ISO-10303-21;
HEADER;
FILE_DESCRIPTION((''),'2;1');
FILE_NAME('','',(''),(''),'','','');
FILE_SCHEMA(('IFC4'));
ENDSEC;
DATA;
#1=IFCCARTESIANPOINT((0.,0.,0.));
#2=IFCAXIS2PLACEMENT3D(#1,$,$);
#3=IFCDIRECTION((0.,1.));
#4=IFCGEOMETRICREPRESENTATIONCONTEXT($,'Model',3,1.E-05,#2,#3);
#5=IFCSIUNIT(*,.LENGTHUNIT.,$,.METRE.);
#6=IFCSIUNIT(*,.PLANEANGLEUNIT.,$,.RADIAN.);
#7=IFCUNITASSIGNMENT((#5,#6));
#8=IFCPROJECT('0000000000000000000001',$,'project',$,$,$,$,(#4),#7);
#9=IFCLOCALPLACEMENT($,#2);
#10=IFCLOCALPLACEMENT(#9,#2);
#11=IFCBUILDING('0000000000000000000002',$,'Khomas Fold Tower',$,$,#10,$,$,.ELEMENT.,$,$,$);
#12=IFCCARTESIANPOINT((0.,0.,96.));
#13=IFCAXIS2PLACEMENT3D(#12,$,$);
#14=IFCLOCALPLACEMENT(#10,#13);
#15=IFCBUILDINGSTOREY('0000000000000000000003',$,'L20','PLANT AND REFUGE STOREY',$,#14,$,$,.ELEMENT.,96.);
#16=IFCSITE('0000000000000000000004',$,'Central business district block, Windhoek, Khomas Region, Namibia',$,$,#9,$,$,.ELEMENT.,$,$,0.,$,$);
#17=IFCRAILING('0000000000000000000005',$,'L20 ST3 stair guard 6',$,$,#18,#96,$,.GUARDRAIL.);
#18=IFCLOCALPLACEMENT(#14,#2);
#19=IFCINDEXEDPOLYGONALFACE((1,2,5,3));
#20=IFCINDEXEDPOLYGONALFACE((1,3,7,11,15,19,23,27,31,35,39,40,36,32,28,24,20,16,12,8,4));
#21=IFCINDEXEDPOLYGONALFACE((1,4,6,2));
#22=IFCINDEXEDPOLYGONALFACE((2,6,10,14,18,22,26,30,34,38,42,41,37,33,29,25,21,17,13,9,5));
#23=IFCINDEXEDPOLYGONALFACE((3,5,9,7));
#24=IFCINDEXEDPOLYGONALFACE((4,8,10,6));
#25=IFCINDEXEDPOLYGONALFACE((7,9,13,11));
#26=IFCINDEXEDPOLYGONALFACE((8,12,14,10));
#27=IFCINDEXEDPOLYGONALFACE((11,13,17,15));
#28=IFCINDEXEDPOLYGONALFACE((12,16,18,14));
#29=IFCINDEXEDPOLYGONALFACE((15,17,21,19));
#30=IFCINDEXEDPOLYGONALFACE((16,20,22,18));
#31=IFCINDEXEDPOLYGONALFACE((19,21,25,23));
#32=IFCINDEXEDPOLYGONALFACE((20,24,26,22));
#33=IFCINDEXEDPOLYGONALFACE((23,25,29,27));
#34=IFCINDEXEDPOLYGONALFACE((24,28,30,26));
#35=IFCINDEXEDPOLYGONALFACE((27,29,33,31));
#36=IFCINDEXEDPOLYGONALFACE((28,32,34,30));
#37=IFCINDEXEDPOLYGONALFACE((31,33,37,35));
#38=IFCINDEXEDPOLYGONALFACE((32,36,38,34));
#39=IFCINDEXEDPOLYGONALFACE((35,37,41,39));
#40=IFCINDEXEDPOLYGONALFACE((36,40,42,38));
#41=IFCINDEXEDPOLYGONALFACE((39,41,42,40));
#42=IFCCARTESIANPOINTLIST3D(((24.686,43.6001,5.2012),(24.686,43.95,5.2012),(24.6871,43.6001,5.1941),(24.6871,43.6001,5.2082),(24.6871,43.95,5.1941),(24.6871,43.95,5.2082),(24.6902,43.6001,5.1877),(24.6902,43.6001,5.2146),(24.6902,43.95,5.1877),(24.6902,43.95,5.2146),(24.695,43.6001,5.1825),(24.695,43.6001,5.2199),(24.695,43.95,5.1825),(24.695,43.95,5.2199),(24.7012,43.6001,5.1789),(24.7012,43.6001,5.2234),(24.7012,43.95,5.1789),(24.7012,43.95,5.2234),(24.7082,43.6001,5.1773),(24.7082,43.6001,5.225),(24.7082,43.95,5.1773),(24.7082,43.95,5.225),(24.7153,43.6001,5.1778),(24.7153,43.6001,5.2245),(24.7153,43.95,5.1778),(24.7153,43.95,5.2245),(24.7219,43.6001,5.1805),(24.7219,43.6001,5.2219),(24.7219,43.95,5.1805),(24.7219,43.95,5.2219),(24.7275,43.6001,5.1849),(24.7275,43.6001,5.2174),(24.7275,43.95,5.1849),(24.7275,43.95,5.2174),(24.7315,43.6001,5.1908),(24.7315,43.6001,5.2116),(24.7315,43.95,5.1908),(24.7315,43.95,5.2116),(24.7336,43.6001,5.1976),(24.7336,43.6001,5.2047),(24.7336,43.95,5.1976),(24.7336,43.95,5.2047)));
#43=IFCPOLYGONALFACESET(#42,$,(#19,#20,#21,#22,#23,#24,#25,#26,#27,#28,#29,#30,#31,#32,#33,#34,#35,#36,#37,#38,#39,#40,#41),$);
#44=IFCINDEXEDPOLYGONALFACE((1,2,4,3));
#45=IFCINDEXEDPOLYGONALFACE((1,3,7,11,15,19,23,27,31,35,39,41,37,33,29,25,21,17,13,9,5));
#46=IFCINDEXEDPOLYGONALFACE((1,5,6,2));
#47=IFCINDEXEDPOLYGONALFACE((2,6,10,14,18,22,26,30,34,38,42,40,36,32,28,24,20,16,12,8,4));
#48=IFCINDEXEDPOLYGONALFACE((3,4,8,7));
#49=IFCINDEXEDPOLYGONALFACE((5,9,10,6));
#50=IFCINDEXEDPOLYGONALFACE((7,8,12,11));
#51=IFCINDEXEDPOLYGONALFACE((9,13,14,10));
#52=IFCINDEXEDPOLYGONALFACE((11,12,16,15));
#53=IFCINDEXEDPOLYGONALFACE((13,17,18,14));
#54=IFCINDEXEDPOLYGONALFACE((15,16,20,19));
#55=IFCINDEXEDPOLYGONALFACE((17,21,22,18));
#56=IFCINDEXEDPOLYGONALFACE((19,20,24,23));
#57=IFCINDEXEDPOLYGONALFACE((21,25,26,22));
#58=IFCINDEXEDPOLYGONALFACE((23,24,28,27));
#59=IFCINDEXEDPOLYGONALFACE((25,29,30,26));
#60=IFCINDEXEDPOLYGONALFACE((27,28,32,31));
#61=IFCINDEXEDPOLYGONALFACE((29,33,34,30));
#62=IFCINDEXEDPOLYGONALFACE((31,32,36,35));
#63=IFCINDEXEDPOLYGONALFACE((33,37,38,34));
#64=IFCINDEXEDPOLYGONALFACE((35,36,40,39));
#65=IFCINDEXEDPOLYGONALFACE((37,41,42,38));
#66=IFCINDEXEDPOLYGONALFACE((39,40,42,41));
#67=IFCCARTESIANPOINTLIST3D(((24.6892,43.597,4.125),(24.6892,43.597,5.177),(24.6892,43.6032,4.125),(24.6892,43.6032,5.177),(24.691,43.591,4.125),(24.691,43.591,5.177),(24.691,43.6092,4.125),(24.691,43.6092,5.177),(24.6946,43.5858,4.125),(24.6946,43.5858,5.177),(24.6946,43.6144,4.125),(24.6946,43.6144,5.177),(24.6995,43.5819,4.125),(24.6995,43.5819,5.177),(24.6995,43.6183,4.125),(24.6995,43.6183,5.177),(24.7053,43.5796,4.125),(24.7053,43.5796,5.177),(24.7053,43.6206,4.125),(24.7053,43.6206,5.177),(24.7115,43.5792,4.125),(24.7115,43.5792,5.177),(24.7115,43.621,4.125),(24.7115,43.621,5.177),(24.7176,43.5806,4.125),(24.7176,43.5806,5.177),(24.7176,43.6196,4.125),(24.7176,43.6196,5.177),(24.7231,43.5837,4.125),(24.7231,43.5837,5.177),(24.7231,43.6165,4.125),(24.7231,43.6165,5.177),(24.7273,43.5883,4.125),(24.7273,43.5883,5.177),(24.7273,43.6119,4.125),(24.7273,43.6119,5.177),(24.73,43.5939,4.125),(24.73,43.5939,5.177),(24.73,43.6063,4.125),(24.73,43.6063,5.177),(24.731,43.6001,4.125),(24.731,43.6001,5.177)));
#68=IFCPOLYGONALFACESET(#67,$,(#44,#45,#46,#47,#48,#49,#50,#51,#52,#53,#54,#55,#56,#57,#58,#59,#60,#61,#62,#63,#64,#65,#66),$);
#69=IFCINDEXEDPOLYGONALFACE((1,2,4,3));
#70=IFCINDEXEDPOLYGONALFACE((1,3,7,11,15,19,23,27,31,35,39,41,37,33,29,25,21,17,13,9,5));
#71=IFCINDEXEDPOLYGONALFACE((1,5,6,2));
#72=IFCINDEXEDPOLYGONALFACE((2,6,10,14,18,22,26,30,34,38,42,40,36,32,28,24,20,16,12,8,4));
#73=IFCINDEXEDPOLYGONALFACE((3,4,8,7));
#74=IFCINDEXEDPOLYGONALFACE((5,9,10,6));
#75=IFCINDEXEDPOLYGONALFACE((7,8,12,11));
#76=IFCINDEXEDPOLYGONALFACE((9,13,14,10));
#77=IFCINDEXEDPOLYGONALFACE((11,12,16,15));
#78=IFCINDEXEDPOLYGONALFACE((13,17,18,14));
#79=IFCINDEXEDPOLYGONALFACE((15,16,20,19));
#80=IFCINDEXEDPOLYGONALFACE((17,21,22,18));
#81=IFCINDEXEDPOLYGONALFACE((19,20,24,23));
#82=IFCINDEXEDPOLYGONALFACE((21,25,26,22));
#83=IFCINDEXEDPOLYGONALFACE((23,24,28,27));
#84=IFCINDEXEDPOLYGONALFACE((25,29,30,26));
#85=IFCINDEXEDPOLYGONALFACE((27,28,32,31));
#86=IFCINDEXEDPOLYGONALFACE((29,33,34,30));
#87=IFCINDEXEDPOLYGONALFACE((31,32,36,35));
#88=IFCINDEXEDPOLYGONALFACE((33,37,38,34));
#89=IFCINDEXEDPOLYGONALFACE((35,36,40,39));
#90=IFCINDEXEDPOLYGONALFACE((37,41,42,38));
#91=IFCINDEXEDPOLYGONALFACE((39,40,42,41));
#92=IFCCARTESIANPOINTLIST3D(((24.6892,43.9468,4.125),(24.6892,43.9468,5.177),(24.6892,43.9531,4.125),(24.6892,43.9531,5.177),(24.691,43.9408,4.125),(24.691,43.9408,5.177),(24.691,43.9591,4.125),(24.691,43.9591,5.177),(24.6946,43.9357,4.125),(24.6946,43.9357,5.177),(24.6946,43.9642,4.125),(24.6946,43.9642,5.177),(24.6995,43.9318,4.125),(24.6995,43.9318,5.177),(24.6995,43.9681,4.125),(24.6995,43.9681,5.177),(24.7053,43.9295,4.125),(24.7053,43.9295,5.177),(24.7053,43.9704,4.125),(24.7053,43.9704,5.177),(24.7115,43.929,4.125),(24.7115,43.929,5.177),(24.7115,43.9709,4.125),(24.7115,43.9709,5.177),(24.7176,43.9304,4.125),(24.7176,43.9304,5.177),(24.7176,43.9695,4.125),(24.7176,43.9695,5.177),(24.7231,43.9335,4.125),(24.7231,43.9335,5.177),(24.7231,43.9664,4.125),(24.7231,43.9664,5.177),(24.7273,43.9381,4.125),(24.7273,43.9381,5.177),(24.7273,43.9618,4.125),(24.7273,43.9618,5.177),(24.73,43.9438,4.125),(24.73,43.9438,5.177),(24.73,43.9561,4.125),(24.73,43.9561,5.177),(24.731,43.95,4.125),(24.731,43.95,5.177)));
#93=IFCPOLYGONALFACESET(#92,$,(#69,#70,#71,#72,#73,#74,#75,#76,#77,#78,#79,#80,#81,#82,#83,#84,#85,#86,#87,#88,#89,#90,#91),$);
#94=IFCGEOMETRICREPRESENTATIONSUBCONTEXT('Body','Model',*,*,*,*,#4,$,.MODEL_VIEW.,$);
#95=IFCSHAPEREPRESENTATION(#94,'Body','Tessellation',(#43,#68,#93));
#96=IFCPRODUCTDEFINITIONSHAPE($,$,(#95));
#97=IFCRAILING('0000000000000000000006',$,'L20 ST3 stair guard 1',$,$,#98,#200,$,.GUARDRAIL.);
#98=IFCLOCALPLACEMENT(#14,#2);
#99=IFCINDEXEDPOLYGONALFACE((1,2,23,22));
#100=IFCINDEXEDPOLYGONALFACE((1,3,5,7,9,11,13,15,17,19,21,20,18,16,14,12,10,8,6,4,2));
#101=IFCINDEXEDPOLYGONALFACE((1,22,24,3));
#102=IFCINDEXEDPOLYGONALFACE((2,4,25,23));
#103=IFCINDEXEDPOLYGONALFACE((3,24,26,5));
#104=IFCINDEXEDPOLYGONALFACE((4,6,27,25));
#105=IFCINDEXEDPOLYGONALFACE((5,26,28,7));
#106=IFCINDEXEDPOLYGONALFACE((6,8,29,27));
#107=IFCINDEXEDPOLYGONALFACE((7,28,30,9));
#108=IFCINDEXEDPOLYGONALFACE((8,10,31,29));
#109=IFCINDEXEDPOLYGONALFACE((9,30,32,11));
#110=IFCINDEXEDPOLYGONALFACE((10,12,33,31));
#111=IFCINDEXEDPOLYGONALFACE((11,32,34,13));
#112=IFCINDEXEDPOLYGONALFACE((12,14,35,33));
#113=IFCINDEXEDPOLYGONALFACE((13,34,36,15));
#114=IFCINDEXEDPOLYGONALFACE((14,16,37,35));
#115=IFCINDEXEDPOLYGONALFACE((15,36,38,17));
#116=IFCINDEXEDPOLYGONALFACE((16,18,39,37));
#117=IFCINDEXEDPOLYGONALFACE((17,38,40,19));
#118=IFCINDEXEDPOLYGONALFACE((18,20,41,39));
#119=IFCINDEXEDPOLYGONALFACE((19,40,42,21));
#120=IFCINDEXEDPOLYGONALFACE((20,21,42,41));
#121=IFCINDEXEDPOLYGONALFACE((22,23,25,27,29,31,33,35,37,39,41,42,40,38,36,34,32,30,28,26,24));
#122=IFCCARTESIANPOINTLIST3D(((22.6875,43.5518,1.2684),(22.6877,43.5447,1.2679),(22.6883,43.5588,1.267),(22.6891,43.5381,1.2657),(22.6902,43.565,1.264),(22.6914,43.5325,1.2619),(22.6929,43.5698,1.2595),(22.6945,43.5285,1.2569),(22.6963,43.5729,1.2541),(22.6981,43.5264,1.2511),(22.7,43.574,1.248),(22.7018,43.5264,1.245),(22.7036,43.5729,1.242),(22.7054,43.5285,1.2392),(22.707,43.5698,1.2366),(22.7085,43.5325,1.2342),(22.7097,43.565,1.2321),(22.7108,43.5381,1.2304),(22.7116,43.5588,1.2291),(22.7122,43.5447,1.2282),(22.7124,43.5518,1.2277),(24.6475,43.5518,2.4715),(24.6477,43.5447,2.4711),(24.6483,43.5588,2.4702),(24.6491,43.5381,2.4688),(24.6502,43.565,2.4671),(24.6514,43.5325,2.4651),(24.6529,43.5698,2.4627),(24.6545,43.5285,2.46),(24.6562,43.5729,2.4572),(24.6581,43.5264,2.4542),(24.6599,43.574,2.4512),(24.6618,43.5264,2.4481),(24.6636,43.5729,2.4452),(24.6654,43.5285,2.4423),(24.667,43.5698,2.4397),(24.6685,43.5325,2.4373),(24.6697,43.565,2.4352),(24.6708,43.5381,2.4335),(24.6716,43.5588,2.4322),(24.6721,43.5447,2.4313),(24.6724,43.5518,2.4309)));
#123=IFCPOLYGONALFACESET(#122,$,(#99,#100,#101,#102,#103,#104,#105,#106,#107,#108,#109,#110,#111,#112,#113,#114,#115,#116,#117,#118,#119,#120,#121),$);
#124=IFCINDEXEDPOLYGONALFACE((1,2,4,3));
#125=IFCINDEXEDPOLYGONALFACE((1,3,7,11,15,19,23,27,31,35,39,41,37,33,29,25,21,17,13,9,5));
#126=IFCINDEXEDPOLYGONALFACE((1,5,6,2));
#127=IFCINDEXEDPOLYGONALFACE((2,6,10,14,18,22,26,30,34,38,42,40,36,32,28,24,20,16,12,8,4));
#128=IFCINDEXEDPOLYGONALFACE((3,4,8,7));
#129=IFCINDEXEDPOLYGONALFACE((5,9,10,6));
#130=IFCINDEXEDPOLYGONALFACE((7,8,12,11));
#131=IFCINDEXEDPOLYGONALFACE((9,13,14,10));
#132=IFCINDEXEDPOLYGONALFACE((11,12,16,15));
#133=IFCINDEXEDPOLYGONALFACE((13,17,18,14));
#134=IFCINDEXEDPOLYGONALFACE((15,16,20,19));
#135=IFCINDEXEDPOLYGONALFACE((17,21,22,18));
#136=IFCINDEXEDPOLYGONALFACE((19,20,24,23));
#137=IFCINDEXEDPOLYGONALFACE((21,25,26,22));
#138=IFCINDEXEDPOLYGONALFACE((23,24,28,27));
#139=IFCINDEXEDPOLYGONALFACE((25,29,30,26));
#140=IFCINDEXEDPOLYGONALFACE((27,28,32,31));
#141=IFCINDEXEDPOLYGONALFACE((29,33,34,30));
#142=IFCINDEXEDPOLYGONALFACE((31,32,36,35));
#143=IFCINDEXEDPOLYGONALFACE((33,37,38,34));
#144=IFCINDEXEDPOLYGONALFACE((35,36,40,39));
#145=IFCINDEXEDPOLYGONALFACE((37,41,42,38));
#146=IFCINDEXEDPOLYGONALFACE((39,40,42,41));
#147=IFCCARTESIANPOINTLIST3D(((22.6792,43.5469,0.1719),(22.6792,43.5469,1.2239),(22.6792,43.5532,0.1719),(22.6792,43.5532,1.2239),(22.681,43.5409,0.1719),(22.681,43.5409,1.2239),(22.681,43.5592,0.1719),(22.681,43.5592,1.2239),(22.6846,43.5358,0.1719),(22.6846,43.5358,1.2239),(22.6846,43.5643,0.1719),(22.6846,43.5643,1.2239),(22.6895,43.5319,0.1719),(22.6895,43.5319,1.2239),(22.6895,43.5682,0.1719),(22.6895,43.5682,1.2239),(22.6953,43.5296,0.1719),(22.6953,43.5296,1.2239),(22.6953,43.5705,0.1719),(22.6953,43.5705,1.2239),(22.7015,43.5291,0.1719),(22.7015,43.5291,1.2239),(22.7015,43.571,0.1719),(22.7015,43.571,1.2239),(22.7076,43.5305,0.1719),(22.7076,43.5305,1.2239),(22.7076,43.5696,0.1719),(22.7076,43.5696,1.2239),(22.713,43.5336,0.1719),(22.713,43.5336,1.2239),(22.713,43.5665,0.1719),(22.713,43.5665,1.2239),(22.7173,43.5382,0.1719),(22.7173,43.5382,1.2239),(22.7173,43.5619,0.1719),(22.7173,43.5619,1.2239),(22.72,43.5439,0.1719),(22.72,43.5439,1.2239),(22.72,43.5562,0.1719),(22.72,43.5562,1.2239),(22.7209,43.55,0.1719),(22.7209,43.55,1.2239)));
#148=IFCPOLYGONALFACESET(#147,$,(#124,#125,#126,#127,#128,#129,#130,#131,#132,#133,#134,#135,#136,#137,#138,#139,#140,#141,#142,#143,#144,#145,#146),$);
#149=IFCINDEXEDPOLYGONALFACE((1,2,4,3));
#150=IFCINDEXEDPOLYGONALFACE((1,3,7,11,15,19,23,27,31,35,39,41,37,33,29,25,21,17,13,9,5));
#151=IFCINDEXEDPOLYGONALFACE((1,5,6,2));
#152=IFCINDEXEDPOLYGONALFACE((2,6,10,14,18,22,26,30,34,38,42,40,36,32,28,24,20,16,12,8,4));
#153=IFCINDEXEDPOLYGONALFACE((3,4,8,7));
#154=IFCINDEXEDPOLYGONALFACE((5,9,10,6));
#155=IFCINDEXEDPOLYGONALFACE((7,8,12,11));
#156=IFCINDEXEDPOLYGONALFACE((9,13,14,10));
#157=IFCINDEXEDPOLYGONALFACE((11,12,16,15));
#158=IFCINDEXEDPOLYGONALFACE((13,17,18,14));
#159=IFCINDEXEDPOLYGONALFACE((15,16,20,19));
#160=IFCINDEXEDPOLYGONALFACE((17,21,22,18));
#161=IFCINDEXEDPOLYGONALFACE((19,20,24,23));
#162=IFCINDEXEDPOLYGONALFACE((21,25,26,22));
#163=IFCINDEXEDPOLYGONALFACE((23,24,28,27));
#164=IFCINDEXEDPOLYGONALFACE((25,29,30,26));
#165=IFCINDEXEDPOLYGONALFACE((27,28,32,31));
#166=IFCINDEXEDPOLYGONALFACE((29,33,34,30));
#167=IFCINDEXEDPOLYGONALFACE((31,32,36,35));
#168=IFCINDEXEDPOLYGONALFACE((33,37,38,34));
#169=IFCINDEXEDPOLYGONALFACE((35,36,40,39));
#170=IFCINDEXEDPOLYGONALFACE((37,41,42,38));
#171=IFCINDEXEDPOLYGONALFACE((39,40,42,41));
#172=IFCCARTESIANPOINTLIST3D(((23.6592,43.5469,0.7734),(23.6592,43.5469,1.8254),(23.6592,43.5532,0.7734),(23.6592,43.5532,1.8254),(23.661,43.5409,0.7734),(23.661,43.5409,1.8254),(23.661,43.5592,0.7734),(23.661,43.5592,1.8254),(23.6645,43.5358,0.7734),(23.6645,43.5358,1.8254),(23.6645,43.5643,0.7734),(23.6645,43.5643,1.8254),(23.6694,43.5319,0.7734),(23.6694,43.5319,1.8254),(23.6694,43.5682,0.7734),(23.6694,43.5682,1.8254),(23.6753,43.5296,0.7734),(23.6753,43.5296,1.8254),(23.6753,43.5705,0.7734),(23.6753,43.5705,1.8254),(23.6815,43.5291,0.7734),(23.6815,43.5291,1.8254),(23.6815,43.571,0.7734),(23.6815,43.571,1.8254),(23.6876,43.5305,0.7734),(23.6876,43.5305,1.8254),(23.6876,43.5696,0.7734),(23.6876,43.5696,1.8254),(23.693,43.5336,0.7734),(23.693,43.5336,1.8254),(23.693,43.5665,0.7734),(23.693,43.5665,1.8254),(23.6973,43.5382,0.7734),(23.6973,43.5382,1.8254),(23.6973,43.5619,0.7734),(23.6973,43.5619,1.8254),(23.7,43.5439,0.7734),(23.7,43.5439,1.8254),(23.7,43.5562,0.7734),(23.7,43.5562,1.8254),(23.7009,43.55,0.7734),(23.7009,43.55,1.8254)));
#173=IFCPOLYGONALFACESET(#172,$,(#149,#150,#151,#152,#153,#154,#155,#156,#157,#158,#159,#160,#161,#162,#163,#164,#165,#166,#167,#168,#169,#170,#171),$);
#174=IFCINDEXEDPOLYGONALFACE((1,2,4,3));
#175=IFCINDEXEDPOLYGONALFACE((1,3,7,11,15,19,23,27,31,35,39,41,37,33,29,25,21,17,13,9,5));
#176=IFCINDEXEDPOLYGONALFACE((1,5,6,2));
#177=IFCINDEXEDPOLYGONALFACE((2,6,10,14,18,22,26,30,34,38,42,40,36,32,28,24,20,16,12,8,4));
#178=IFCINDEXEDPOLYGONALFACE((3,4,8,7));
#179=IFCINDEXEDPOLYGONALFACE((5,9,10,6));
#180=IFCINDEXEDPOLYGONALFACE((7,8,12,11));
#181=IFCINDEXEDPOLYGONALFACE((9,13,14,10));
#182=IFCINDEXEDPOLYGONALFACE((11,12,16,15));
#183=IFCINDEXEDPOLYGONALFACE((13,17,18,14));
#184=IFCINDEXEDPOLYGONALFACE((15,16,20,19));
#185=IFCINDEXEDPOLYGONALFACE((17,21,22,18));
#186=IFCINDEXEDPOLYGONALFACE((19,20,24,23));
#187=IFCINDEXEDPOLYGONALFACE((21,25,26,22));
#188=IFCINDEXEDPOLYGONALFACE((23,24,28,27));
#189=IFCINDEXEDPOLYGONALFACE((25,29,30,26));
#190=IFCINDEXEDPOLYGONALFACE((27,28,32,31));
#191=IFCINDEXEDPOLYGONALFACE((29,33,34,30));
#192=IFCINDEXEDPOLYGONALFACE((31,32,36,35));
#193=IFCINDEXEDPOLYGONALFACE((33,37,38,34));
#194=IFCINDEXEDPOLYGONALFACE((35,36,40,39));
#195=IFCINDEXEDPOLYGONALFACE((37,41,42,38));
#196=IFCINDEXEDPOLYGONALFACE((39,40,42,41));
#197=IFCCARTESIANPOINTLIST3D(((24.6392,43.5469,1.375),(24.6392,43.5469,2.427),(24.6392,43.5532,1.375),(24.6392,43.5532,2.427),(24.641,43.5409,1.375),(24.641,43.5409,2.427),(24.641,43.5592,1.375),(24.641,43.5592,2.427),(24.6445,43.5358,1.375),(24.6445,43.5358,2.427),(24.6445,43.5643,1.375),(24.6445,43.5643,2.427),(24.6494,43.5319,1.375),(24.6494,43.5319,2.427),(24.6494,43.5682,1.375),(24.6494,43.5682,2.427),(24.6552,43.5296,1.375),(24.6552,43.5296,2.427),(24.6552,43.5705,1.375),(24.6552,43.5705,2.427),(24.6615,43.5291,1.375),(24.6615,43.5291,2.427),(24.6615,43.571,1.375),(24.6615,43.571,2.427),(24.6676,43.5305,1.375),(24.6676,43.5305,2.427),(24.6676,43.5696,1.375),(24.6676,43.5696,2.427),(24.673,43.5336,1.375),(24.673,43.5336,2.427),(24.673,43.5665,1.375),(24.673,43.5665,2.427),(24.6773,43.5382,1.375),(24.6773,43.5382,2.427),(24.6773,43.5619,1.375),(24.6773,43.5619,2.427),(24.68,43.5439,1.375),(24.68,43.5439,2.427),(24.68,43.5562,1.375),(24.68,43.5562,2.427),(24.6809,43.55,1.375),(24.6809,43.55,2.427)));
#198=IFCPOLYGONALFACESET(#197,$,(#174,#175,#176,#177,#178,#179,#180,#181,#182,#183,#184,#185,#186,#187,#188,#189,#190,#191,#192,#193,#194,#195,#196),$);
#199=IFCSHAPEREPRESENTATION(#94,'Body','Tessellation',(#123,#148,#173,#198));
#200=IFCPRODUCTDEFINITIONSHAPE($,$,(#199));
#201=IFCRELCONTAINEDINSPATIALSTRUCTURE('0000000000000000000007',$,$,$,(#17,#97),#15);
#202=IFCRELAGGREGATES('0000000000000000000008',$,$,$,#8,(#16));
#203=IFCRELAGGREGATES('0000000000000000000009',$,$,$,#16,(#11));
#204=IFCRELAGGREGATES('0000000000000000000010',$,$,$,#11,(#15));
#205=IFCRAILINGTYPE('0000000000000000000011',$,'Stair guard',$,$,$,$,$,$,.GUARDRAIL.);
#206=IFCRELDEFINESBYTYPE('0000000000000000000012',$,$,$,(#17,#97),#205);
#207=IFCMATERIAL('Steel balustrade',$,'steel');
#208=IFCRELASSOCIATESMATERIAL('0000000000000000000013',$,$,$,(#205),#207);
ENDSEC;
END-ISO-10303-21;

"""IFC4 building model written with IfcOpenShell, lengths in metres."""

from ifc_helpers import new_model, si_unit, direction, frame, origin, origin_2d, place, context, subcontext, project, spatial, circle, extrude, source, transform, mapped, material, type_object, element, save


model = new_model("IFC4")

# Units and contexts
model_context = context("Model", 3, precision=1e-05, world=origin(), true_north=direction((0.0, 1.0)))
body_context = subcontext(model_context, "Body", "Model", "MODEL_VIEW")
ifc_project = project(units=[si_unit("LENGTHUNIT", "METRE"), si_unit("PLANEANGLEUNIT", "RADIAN")], contexts=[model_context])

# Site, building, storey
site_placement = place(None, origin())
site = spatial("IfcSite", under=ifc_project, at=site_placement, Name="Central business district block, Windhoek, Khomas Region, Namibia", CompositionType="ELEMENT", RefElevation=0.0)
building_placement = place(site_placement, origin())
building = spatial("IfcBuilding", under=site, at=building_placement, Name="Khomas Fold Tower", CompositionType="ELEMENT")
storey_placement = place(building_placement, frame((0.0, 0.0, 96.0)))
storey = spatial("IfcBuildingStorey", under=building, at=storey_placement, Name="L20", Description="PLANT AND REFUGE STOREY", CompositionType="ELEMENT", Elevation=96.0)

# Railings
ifc_material_1 = material(Name="Steel balustrade", Category="steel")
railing_type_1 = type_object("IfcRailingType", Name="Stair guard", PredefinedType="GUARDRAIL", material=ifc_material_1)
shared_shape_1 = source(origin(), body_context, "Body", "SweptSolid", [
    extrude(circle(Radius=0.0239, at=origin_2d()), frame((0.0, 0.0, 1.0762), z_axis=(0.0, 1.0, 0.0), x_axis=(-1.0, 0.0, 0.0)), (0.0, 0.0, 1.0), 0.3499),
    extrude(circle(Radius=0.021, at=origin_2d()), origin(), (0.0, 0.0, 1.0), 1.052),
    extrude(circle(Radius=0.021, at=origin_2d()), frame((0.0, 0.3499, 0.0)), (0.0, 0.0, 1.0), 1.052),
])
for number, where, name in (
    (1, (24.71, 43.6001, 4.125), "L20 ST3 stair guard 6"),
):
    element("IfcRailing", number, at=place(storey_placement, frame(where)), inside=storey, type_object=railing_type_1, Name=name, PredefinedType="GUARDRAIL", context=body_context, shape_type="MappedRepresentation", body=[
        mapped(shared_shape_1, transform((0.0, 0.0, 0.0))),
    ])
shared_shape_2 = source(origin(), body_context, "Body", "SweptSolid", [
    extrude(circle(Radius=0.0239, at=origin_2d()), frame((0.0, 0.0, 1.0762), z_axis=(0.852241, 0.0, 0.523149), x_axis=(0.0, 1.0, 0.0)), (0.0, 0.0, 1.0), 2.2998),
    extrude(circle(Radius=0.021, at=origin_2d()), origin(), (0.0, 0.0, 1.0), 1.052),
    extrude(circle(Radius=0.021, at=origin_2d()), frame((0.98, 0.0, 0.6016)), (0.0, 0.0, 1.0), 1.052),
    extrude(circle(Radius=0.021, at=origin_2d()), frame((1.96, 0.0, 1.2031)), (0.0, 0.0, 1.0), 1.052),
])
for number, where, name in (
    (2, (22.7, 43.55, 0.1719), "L20 ST3 stair guard 1"),
):
    element("IfcRailing", number, at=place(storey_placement, frame(where)), inside=storey, type_object=railing_type_1, Name=name, PredefinedType="GUARDRAIL", context=body_context, shape_type="MappedRepresentation", body=[
        mapped(shared_shape_2, transform((0.0, 0.0, 0.0))),
    ])

save(model, "model.ifc")
